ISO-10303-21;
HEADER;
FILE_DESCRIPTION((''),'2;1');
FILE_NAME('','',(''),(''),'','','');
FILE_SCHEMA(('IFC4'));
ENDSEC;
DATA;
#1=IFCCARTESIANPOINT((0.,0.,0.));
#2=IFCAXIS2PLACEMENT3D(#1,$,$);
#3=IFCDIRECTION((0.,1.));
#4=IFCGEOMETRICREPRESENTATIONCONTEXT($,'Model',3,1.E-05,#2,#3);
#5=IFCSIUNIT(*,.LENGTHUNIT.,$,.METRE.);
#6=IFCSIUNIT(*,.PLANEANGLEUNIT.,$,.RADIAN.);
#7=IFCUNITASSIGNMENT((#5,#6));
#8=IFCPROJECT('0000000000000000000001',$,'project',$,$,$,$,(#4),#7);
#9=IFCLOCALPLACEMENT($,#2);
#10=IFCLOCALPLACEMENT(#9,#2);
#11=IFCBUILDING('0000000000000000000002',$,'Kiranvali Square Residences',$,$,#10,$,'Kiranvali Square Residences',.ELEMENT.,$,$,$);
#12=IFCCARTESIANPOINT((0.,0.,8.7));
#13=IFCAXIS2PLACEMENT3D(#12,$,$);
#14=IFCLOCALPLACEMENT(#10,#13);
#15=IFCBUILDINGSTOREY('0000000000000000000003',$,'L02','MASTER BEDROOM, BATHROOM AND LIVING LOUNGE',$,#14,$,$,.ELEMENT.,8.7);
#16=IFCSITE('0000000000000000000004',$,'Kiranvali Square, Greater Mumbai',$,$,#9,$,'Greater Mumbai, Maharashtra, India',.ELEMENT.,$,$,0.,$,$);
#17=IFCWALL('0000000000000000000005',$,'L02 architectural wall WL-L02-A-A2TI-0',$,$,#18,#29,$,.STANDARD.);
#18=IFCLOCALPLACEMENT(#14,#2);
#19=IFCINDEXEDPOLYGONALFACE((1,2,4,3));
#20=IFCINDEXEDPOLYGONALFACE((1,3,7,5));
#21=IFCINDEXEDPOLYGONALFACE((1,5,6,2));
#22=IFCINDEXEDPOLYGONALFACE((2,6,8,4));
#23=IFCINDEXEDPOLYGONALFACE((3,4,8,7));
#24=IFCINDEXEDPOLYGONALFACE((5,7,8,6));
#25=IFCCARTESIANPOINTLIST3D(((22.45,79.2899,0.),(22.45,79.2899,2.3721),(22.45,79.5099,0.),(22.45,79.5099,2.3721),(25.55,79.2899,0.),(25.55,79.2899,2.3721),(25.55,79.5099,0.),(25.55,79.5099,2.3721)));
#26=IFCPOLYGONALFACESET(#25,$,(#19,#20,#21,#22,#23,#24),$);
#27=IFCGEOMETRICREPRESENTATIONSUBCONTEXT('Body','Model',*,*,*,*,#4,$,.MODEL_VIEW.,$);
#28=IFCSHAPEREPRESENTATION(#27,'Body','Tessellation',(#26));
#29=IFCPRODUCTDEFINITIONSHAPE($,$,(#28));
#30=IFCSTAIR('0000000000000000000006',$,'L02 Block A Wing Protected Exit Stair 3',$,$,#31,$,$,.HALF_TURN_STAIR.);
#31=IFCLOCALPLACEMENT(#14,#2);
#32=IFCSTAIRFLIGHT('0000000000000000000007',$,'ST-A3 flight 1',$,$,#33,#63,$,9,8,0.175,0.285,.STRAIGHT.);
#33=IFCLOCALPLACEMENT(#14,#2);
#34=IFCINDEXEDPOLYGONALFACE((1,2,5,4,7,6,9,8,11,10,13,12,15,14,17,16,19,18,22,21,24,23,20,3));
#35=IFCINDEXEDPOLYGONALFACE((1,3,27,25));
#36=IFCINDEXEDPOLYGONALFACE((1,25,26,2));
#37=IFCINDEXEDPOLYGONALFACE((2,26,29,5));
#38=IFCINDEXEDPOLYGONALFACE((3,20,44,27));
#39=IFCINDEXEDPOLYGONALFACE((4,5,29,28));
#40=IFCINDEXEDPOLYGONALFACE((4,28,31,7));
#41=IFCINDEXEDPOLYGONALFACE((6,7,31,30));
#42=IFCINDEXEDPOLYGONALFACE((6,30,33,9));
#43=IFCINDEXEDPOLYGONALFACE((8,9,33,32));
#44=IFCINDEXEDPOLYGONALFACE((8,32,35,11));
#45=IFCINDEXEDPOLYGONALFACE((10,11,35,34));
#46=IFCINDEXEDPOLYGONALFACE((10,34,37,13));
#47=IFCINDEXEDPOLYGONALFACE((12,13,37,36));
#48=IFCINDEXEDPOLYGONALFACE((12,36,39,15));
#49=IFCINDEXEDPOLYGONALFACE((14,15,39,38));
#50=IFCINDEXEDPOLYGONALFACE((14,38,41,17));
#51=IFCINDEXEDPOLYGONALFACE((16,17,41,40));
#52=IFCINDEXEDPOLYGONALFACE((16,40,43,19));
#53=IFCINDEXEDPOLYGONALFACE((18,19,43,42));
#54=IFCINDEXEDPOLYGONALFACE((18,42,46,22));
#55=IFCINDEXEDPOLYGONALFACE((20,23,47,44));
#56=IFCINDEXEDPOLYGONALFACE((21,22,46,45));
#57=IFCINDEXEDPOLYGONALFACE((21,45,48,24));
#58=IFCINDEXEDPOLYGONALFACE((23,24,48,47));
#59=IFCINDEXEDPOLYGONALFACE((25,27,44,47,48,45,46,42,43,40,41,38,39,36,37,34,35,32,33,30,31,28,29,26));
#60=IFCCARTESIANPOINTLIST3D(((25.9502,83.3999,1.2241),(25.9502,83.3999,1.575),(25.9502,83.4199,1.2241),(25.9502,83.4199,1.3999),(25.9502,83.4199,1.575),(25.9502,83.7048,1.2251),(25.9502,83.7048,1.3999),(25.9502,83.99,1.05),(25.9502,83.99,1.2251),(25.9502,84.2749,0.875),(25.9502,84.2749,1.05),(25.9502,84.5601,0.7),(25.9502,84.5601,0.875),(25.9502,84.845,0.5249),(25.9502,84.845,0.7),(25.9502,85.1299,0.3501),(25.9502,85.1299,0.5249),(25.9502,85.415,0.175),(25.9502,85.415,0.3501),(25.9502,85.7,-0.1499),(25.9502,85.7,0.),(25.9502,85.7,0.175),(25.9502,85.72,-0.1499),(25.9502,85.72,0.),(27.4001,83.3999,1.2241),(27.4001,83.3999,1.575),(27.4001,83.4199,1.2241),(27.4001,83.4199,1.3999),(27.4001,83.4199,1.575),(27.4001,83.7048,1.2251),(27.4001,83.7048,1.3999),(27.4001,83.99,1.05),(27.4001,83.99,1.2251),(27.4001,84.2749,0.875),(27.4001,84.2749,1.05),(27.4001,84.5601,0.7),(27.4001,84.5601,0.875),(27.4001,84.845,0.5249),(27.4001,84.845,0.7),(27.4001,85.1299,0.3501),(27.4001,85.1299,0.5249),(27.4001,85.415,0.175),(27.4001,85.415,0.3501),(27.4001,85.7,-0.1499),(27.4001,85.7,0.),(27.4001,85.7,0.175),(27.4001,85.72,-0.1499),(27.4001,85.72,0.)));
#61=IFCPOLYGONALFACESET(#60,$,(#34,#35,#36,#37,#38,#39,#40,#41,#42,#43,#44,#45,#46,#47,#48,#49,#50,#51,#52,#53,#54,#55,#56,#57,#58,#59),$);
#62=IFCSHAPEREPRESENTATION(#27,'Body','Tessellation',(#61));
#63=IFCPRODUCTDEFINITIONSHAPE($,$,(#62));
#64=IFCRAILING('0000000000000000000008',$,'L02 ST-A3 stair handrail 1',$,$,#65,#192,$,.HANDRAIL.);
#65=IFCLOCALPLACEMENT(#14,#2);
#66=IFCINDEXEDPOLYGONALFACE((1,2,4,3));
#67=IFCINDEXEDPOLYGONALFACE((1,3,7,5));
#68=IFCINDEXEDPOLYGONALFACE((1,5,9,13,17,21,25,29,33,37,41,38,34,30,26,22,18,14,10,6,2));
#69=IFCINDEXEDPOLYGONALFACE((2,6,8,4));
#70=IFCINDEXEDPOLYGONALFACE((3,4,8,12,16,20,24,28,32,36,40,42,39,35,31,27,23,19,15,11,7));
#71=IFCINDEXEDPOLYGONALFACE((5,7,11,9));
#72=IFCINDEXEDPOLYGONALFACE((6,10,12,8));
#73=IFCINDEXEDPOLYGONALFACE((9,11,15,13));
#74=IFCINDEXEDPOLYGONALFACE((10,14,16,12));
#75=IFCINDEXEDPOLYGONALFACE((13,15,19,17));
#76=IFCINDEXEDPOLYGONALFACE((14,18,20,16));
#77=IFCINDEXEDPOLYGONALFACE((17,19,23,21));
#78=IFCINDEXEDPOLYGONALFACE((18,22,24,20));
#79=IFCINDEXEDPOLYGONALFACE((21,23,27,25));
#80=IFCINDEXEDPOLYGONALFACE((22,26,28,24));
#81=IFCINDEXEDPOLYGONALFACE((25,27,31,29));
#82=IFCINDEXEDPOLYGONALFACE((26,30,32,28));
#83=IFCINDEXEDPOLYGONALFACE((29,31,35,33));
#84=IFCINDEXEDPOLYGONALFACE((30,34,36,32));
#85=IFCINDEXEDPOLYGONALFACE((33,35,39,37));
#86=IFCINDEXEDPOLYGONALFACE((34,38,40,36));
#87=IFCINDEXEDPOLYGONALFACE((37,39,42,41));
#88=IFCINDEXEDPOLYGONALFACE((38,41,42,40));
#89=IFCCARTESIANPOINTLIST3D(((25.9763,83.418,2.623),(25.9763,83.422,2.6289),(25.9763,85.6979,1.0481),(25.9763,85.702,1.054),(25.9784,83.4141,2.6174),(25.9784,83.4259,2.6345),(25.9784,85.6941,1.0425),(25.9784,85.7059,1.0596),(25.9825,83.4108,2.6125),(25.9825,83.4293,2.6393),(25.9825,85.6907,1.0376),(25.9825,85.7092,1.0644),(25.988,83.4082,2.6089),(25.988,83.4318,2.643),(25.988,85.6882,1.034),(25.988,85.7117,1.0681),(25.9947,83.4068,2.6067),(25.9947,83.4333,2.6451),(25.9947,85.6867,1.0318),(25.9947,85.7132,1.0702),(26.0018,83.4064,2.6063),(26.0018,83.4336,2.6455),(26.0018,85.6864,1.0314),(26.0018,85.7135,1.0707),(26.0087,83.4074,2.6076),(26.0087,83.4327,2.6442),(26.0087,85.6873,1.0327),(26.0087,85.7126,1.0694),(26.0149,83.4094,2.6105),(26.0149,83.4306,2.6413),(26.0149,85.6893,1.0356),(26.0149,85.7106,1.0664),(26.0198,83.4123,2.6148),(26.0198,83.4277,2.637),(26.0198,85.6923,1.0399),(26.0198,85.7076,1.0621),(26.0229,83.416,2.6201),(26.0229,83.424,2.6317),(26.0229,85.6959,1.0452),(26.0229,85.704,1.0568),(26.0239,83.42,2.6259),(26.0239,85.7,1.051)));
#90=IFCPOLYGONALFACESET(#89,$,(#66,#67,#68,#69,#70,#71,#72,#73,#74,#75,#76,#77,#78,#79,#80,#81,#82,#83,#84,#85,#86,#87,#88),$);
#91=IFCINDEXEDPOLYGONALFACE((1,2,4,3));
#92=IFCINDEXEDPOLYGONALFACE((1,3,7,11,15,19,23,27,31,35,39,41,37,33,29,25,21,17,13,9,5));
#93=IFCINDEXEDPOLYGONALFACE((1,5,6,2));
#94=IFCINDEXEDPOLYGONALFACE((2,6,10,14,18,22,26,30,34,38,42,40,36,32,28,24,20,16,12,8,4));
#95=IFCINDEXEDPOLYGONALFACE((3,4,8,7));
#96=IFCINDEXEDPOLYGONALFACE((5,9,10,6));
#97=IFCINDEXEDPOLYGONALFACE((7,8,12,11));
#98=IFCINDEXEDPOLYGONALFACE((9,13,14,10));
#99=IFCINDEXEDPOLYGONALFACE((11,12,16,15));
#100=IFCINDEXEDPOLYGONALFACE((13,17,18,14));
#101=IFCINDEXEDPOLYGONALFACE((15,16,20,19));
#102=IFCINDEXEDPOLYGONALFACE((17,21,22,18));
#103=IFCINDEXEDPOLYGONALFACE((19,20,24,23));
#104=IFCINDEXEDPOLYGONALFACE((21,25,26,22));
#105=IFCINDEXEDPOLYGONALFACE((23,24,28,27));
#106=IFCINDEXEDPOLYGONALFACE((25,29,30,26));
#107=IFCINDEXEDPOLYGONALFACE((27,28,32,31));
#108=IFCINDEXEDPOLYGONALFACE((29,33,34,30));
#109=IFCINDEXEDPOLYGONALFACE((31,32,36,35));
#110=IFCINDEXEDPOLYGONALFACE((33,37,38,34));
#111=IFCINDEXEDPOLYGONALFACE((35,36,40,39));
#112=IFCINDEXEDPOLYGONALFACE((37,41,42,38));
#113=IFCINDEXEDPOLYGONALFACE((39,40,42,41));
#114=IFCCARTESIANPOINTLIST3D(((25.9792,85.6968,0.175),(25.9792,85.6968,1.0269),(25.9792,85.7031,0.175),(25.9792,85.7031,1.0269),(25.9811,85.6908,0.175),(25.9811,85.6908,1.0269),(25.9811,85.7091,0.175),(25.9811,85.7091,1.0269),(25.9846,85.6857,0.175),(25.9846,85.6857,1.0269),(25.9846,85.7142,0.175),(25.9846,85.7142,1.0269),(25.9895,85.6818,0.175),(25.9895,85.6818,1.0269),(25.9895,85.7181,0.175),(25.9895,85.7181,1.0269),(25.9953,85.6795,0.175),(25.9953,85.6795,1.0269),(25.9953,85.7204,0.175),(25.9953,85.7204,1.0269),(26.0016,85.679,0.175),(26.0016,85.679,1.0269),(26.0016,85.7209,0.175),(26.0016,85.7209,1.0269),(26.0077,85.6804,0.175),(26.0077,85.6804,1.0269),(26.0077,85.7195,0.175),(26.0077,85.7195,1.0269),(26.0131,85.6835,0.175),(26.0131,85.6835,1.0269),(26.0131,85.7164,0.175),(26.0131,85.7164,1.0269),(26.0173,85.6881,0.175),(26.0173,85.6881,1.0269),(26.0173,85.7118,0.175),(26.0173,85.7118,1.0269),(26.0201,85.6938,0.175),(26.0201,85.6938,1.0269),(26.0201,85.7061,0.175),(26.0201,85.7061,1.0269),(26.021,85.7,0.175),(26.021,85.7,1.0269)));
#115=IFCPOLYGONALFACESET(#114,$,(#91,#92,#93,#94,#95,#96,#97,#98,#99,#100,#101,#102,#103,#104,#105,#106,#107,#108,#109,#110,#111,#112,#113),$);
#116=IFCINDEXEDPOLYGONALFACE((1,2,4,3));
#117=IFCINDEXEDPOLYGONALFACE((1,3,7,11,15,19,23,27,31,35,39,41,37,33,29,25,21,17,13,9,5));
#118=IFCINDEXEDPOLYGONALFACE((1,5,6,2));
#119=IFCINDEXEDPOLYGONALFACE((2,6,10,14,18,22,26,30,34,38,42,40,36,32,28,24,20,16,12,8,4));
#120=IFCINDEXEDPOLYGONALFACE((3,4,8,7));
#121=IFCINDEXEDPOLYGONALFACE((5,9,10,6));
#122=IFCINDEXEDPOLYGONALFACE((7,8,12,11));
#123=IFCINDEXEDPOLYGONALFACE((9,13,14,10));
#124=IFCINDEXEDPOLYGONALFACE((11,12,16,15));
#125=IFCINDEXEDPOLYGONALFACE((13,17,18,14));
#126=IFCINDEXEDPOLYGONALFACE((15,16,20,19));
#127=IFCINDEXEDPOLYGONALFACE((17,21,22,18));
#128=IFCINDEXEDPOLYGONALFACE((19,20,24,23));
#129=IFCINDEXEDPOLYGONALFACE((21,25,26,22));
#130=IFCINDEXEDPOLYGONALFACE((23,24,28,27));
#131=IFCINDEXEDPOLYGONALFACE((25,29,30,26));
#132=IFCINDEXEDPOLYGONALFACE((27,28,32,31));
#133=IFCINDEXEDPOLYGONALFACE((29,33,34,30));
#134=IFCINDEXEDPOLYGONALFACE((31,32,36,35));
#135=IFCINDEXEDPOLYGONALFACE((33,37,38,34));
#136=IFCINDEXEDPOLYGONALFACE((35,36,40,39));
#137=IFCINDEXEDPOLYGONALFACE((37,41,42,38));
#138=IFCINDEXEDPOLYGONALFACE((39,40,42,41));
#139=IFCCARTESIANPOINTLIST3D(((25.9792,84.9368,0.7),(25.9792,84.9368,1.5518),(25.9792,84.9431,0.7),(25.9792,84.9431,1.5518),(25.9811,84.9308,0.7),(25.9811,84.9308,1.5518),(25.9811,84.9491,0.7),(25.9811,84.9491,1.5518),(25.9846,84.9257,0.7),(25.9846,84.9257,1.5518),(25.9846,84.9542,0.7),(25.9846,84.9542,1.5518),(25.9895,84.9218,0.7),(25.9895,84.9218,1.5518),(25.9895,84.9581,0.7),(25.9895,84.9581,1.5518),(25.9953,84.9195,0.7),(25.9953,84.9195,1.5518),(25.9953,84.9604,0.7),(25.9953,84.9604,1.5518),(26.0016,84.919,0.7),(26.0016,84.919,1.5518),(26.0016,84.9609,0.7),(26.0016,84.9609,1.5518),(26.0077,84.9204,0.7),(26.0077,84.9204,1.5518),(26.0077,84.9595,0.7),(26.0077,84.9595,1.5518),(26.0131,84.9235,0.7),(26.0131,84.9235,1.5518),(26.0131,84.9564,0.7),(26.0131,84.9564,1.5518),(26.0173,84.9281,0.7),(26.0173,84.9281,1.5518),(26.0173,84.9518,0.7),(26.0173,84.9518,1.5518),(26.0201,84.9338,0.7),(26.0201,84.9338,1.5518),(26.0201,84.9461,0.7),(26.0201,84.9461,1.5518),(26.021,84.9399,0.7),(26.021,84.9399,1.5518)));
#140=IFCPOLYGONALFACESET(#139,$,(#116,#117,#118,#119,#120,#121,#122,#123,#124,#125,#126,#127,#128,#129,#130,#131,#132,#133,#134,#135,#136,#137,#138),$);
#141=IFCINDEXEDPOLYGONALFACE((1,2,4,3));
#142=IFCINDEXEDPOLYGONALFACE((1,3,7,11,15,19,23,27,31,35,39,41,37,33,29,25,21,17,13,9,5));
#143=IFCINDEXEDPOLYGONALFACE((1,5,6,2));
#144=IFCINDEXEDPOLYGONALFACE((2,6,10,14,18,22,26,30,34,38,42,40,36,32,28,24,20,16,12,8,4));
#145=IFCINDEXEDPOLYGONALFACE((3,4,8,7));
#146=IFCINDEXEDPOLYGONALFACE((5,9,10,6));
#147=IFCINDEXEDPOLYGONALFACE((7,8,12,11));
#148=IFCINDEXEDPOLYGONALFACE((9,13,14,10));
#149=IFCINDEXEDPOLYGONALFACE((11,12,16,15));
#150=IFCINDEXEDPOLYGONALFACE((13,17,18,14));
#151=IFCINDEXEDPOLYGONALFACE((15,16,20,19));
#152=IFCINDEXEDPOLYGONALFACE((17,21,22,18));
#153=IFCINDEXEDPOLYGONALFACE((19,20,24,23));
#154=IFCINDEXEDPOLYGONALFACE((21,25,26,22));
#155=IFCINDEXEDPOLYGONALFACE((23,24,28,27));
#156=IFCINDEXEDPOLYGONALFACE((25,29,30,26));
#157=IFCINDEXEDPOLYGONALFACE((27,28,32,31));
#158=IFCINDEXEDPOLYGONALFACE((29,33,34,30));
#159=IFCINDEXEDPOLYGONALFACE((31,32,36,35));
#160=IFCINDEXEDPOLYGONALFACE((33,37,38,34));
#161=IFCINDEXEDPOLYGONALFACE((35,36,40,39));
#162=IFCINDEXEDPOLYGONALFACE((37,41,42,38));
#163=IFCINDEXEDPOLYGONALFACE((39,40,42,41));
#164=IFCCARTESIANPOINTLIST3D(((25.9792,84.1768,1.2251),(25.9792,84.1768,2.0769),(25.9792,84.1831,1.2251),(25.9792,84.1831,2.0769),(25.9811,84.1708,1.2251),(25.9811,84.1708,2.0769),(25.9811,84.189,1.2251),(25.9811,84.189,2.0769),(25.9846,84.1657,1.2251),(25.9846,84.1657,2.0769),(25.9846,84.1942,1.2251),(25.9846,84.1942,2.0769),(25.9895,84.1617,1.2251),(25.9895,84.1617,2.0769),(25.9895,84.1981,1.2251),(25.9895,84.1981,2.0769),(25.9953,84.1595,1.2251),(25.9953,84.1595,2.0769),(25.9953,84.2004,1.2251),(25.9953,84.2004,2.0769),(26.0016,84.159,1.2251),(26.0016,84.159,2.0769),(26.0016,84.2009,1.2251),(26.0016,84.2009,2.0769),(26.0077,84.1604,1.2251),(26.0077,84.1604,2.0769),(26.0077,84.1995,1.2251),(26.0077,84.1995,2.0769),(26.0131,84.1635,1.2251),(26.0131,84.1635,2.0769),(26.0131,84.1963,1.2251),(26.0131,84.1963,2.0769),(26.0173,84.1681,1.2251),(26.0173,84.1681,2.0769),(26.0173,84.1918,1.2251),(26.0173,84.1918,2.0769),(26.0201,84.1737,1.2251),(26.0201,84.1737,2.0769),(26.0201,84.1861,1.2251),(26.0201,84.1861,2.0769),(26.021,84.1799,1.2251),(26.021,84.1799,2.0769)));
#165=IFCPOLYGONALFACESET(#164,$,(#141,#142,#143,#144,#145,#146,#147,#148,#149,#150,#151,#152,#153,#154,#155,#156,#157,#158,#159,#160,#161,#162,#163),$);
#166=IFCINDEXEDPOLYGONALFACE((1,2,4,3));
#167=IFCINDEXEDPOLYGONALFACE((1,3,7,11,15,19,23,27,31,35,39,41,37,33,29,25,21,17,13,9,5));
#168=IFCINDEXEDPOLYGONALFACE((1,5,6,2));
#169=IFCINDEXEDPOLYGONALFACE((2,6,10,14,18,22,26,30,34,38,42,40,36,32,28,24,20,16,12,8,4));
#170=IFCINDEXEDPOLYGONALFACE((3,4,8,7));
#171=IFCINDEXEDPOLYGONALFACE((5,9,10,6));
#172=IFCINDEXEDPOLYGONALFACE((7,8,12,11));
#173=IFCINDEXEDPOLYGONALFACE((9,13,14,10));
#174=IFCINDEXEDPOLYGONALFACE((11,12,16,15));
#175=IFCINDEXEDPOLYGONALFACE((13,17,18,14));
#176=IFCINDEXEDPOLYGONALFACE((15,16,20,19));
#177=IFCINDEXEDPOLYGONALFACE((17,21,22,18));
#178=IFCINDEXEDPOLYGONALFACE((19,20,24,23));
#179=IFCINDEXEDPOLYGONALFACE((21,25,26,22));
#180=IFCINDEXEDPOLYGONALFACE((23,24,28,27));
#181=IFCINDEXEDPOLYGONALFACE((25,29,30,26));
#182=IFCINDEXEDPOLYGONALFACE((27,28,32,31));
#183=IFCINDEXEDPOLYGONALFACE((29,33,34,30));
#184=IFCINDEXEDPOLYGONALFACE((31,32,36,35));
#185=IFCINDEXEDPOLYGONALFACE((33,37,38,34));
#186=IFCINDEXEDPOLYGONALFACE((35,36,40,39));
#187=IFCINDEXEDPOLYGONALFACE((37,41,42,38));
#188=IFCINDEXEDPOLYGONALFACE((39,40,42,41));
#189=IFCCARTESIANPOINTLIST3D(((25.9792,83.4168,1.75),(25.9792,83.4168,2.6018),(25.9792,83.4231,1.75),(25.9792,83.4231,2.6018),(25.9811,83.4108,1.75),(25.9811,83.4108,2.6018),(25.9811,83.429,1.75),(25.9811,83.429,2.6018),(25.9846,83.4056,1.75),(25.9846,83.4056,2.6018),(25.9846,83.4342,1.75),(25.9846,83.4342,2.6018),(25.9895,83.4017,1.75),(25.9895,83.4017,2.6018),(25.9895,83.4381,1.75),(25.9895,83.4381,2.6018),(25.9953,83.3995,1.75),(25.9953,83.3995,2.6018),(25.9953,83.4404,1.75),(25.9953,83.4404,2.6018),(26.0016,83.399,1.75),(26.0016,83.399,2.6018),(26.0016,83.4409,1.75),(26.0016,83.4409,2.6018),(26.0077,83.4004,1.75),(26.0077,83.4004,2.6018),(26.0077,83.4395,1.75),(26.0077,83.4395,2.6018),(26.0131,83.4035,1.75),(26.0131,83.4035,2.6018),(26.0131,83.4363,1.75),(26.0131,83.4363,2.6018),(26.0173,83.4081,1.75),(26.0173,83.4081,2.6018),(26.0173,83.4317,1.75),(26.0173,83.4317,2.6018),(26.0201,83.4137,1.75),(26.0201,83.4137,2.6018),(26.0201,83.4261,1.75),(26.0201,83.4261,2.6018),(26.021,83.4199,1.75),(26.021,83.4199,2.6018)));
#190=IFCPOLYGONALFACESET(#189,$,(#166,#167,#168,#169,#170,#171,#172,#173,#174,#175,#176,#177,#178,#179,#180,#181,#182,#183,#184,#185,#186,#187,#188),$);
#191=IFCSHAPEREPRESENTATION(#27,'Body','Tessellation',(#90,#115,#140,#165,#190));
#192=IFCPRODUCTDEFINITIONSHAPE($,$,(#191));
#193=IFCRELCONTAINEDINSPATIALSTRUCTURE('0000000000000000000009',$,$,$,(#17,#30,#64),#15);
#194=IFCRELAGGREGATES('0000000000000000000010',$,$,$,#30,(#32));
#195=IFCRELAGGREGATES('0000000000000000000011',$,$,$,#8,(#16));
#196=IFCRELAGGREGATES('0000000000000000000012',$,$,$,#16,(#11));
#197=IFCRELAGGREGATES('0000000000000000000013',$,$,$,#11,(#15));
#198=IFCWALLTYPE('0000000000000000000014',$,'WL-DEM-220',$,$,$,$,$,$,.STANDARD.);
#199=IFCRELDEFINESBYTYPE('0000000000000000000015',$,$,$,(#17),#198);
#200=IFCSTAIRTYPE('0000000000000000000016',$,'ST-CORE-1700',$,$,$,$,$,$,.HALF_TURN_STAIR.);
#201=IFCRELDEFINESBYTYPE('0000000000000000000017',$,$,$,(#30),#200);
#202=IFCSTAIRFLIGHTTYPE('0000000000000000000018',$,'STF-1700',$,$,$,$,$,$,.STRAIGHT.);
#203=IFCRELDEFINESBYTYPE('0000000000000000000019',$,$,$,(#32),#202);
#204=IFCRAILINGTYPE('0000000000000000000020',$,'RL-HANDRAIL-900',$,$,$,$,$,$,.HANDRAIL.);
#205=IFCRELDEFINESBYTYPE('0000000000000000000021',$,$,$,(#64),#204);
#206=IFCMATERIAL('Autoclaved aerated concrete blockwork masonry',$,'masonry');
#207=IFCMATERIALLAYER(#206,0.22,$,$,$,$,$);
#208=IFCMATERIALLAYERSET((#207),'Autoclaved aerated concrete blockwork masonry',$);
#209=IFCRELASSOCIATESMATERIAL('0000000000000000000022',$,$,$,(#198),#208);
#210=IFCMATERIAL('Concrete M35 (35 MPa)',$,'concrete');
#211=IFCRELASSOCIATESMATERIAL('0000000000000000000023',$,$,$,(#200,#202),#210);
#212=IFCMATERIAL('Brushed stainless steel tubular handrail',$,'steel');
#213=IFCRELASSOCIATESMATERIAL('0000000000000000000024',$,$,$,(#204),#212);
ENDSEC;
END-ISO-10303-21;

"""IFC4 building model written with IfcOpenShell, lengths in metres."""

from ifc_helpers import new_model, si_unit, direction, frame, frame_2d, origin, origin_2d, place, context, subcontext, project, spatial, polyline, rectangle, circle, outline, extrude, material, layer, layer_set, type_object, element, aggregate, save


model = new_model("IFC4")

# Units and contexts
model_context = context("Model", 3, precision=1e-05, world=origin(), true_north=direction((0.0, 1.0)))
body_context = subcontext(model_context, "Body", "Model", "MODEL_VIEW")
ifc_project = project(units=[si_unit("LENGTHUNIT", "METRE"), si_unit("PLANEANGLEUNIT", "RADIAN")], contexts=[model_context])

# Site, building, storey
site_placement = place(None, origin())
site = spatial("IfcSite", under=ifc_project, at=site_placement, Name="Kiranvali Square, Greater Mumbai", LongName="Greater Mumbai, Maharashtra, India", CompositionType="ELEMENT", RefElevation=0.0)
building_placement = place(site_placement, origin())
building = spatial("IfcBuilding", under=site, at=building_placement, Name="Kiranvali Square Residences", LongName="Kiranvali Square Residences", CompositionType="ELEMENT")
storey_placement = place(building_placement, frame((0.0, 0.0, 8.7)))
storey = spatial("IfcBuildingStorey", under=building, at=storey_placement, Name="L02", Description="MASTER BEDROOM, BATHROOM AND LIVING LOUNGE", CompositionType="ELEMENT", Elevation=8.7)

# Shared definitions
ifc_material_1 = material(Name="Autoclaved aerated concrete blockwork masonry", Category="masonry")

# Wall
ifc_layer_1 = layer(ifc_material_1, 0.22)
ifc_layer_set_1 = layer_set([ifc_layer_1], Name="Autoclaved aerated concrete blockwork masonry")
wall_type_1 = type_object("IfcWallType", Name="WL-DEM-220", PredefinedType="STANDARD", material=ifc_layer_set_1)
wall_1_placement = place(storey_placement, frame((25.55, 79.3999, 0.0), z_axis=(0.0, 0.0, 1.0), x_axis=(-1.0, 0.0, 0.0)))
element("IfcWall", 1, at=wall_1_placement, inside=storey, type_object=wall_type_1, Name="L02 architectural wall WL-L02-A-A2TI-0", PredefinedType="STANDARD", context=body_context, shape_type="SweptSolid", body=[
    extrude(rectangle(XDim=3.1001, YDim=0.22, at=frame_2d((1.55, 0.0))), origin(), (0.0, 0.0, 1.0), 2.3721),
])

# Stair, stair flight
ifc_material_2 = material(Name="Concrete M35 (35 MPa)", Category="concrete")
stair_type = type_object("IfcStairType", Name="ST-CORE-1700", PredefinedType="HALF_TURN_STAIR", material=ifc_material_2)
stair_placement = place(storey_placement, origin())
stair = element("IfcStair", 2, at=stair_placement, inside=storey, type_object=stair_type, Name="L02 Block A Wing Protected Exit Stair 3", PredefinedType="HALF_TURN_STAIR")
stair_flight_type = type_object("IfcStairFlightType", Name="STF-1700", PredefinedType="STRAIGHT", material=ifc_material_2)
stair_flight_placement = place(storey_placement, frame((26.675, 85.7, 0.0), z_axis=(0.0, 0.0, 1.0), x_axis=(0.0, -1.0, 0.0)))
stair_flight = element("IfcStairFlight", 3, at=stair_flight_placement, type_object=stair_flight_type, Name="ST-A3 flight 1", NumberOfRisers=9, NumberOfTreads=8, PredefinedType="STRAIGHT", RiserHeight=0.175, TreadLength=0.285, context=body_context, shape_type="SweptSolid", body=[
    extrude(outline(polyline([(-0.02, -0.1499), (-0.02, 0.0), (0.0, 0.0), (0.0, 0.175), (0.2849, 0.175), (0.2849, 0.3501), (0.5701, 0.3501), (0.5701, 0.5249), (0.855, 0.5249), (0.855, 0.7), (1.1399, 0.7), (1.1399, 0.875), (1.425, 0.875), (1.425, 1.05), (1.71, 1.05), (1.71, 1.2251), (1.9951, 1.2251), (1.9951, 1.3999), (2.28, 1.3999), (2.28, 1.575), (2.3, 1.575), (2.3, 1.2241), (2.28, 1.2241), (0.0, -0.1499), (-0.02, -0.1499)])), frame((0.0, 0.7251, 0.0), z_axis=(0.0, -1.0, 0.0), x_axis=(1.0, 0.0, 0.0)), (0.0, 0.0, 1.0), 1.45),
])
aggregate(stair, [stair_flight])

# Railing
ifc_material_3 = material(Name="Brushed stainless steel tubular handrail", Category="steel")
railing_type_1 = type_object("IfcRailingType", Name="RL-HANDRAIL-900", PredefinedType="HANDRAIL", material=ifc_material_3)
railing_1_placement = place(storey_placement, frame((26.0, 85.7, 0.175)))
element("IfcRailing", 4, at=railing_1_placement, inside=storey, type_object=railing_type_1, Name="L02 ST-A3 stair handrail 1", PredefinedType="HANDRAIL", context=body_context, shape_type="SweptSolid", body=[
    extrude(circle(Radius=0.0239, at=origin_2d()), frame((0.0, 0.0, 0.876), z_axis=(0.0, -0.822788, 0.568348), x_axis=(1.0, 0.0, 0.0)), (0.0, 0.0, 1.0), 2.771),
    extrude(circle(Radius=0.021, at=origin_2d()), origin(), (0.0, 0.0, 1.0), 0.8518),
    extrude(circle(Radius=0.021, at=origin_2d()), frame((0.0, -0.76, 0.5249)), (0.0, 0.0, 1.0), 0.8518),
    extrude(circle(Radius=0.021, at=origin_2d()), frame((0.0, -1.52, 1.05)), (0.0, 0.0, 1.0), 0.8518),
    extrude(circle(Radius=0.021, at=origin_2d()), frame((0.0, -2.28, 1.575)), (0.0, 0.0, 1.0), 0.8518),
])

save(model, "model.ifc")
